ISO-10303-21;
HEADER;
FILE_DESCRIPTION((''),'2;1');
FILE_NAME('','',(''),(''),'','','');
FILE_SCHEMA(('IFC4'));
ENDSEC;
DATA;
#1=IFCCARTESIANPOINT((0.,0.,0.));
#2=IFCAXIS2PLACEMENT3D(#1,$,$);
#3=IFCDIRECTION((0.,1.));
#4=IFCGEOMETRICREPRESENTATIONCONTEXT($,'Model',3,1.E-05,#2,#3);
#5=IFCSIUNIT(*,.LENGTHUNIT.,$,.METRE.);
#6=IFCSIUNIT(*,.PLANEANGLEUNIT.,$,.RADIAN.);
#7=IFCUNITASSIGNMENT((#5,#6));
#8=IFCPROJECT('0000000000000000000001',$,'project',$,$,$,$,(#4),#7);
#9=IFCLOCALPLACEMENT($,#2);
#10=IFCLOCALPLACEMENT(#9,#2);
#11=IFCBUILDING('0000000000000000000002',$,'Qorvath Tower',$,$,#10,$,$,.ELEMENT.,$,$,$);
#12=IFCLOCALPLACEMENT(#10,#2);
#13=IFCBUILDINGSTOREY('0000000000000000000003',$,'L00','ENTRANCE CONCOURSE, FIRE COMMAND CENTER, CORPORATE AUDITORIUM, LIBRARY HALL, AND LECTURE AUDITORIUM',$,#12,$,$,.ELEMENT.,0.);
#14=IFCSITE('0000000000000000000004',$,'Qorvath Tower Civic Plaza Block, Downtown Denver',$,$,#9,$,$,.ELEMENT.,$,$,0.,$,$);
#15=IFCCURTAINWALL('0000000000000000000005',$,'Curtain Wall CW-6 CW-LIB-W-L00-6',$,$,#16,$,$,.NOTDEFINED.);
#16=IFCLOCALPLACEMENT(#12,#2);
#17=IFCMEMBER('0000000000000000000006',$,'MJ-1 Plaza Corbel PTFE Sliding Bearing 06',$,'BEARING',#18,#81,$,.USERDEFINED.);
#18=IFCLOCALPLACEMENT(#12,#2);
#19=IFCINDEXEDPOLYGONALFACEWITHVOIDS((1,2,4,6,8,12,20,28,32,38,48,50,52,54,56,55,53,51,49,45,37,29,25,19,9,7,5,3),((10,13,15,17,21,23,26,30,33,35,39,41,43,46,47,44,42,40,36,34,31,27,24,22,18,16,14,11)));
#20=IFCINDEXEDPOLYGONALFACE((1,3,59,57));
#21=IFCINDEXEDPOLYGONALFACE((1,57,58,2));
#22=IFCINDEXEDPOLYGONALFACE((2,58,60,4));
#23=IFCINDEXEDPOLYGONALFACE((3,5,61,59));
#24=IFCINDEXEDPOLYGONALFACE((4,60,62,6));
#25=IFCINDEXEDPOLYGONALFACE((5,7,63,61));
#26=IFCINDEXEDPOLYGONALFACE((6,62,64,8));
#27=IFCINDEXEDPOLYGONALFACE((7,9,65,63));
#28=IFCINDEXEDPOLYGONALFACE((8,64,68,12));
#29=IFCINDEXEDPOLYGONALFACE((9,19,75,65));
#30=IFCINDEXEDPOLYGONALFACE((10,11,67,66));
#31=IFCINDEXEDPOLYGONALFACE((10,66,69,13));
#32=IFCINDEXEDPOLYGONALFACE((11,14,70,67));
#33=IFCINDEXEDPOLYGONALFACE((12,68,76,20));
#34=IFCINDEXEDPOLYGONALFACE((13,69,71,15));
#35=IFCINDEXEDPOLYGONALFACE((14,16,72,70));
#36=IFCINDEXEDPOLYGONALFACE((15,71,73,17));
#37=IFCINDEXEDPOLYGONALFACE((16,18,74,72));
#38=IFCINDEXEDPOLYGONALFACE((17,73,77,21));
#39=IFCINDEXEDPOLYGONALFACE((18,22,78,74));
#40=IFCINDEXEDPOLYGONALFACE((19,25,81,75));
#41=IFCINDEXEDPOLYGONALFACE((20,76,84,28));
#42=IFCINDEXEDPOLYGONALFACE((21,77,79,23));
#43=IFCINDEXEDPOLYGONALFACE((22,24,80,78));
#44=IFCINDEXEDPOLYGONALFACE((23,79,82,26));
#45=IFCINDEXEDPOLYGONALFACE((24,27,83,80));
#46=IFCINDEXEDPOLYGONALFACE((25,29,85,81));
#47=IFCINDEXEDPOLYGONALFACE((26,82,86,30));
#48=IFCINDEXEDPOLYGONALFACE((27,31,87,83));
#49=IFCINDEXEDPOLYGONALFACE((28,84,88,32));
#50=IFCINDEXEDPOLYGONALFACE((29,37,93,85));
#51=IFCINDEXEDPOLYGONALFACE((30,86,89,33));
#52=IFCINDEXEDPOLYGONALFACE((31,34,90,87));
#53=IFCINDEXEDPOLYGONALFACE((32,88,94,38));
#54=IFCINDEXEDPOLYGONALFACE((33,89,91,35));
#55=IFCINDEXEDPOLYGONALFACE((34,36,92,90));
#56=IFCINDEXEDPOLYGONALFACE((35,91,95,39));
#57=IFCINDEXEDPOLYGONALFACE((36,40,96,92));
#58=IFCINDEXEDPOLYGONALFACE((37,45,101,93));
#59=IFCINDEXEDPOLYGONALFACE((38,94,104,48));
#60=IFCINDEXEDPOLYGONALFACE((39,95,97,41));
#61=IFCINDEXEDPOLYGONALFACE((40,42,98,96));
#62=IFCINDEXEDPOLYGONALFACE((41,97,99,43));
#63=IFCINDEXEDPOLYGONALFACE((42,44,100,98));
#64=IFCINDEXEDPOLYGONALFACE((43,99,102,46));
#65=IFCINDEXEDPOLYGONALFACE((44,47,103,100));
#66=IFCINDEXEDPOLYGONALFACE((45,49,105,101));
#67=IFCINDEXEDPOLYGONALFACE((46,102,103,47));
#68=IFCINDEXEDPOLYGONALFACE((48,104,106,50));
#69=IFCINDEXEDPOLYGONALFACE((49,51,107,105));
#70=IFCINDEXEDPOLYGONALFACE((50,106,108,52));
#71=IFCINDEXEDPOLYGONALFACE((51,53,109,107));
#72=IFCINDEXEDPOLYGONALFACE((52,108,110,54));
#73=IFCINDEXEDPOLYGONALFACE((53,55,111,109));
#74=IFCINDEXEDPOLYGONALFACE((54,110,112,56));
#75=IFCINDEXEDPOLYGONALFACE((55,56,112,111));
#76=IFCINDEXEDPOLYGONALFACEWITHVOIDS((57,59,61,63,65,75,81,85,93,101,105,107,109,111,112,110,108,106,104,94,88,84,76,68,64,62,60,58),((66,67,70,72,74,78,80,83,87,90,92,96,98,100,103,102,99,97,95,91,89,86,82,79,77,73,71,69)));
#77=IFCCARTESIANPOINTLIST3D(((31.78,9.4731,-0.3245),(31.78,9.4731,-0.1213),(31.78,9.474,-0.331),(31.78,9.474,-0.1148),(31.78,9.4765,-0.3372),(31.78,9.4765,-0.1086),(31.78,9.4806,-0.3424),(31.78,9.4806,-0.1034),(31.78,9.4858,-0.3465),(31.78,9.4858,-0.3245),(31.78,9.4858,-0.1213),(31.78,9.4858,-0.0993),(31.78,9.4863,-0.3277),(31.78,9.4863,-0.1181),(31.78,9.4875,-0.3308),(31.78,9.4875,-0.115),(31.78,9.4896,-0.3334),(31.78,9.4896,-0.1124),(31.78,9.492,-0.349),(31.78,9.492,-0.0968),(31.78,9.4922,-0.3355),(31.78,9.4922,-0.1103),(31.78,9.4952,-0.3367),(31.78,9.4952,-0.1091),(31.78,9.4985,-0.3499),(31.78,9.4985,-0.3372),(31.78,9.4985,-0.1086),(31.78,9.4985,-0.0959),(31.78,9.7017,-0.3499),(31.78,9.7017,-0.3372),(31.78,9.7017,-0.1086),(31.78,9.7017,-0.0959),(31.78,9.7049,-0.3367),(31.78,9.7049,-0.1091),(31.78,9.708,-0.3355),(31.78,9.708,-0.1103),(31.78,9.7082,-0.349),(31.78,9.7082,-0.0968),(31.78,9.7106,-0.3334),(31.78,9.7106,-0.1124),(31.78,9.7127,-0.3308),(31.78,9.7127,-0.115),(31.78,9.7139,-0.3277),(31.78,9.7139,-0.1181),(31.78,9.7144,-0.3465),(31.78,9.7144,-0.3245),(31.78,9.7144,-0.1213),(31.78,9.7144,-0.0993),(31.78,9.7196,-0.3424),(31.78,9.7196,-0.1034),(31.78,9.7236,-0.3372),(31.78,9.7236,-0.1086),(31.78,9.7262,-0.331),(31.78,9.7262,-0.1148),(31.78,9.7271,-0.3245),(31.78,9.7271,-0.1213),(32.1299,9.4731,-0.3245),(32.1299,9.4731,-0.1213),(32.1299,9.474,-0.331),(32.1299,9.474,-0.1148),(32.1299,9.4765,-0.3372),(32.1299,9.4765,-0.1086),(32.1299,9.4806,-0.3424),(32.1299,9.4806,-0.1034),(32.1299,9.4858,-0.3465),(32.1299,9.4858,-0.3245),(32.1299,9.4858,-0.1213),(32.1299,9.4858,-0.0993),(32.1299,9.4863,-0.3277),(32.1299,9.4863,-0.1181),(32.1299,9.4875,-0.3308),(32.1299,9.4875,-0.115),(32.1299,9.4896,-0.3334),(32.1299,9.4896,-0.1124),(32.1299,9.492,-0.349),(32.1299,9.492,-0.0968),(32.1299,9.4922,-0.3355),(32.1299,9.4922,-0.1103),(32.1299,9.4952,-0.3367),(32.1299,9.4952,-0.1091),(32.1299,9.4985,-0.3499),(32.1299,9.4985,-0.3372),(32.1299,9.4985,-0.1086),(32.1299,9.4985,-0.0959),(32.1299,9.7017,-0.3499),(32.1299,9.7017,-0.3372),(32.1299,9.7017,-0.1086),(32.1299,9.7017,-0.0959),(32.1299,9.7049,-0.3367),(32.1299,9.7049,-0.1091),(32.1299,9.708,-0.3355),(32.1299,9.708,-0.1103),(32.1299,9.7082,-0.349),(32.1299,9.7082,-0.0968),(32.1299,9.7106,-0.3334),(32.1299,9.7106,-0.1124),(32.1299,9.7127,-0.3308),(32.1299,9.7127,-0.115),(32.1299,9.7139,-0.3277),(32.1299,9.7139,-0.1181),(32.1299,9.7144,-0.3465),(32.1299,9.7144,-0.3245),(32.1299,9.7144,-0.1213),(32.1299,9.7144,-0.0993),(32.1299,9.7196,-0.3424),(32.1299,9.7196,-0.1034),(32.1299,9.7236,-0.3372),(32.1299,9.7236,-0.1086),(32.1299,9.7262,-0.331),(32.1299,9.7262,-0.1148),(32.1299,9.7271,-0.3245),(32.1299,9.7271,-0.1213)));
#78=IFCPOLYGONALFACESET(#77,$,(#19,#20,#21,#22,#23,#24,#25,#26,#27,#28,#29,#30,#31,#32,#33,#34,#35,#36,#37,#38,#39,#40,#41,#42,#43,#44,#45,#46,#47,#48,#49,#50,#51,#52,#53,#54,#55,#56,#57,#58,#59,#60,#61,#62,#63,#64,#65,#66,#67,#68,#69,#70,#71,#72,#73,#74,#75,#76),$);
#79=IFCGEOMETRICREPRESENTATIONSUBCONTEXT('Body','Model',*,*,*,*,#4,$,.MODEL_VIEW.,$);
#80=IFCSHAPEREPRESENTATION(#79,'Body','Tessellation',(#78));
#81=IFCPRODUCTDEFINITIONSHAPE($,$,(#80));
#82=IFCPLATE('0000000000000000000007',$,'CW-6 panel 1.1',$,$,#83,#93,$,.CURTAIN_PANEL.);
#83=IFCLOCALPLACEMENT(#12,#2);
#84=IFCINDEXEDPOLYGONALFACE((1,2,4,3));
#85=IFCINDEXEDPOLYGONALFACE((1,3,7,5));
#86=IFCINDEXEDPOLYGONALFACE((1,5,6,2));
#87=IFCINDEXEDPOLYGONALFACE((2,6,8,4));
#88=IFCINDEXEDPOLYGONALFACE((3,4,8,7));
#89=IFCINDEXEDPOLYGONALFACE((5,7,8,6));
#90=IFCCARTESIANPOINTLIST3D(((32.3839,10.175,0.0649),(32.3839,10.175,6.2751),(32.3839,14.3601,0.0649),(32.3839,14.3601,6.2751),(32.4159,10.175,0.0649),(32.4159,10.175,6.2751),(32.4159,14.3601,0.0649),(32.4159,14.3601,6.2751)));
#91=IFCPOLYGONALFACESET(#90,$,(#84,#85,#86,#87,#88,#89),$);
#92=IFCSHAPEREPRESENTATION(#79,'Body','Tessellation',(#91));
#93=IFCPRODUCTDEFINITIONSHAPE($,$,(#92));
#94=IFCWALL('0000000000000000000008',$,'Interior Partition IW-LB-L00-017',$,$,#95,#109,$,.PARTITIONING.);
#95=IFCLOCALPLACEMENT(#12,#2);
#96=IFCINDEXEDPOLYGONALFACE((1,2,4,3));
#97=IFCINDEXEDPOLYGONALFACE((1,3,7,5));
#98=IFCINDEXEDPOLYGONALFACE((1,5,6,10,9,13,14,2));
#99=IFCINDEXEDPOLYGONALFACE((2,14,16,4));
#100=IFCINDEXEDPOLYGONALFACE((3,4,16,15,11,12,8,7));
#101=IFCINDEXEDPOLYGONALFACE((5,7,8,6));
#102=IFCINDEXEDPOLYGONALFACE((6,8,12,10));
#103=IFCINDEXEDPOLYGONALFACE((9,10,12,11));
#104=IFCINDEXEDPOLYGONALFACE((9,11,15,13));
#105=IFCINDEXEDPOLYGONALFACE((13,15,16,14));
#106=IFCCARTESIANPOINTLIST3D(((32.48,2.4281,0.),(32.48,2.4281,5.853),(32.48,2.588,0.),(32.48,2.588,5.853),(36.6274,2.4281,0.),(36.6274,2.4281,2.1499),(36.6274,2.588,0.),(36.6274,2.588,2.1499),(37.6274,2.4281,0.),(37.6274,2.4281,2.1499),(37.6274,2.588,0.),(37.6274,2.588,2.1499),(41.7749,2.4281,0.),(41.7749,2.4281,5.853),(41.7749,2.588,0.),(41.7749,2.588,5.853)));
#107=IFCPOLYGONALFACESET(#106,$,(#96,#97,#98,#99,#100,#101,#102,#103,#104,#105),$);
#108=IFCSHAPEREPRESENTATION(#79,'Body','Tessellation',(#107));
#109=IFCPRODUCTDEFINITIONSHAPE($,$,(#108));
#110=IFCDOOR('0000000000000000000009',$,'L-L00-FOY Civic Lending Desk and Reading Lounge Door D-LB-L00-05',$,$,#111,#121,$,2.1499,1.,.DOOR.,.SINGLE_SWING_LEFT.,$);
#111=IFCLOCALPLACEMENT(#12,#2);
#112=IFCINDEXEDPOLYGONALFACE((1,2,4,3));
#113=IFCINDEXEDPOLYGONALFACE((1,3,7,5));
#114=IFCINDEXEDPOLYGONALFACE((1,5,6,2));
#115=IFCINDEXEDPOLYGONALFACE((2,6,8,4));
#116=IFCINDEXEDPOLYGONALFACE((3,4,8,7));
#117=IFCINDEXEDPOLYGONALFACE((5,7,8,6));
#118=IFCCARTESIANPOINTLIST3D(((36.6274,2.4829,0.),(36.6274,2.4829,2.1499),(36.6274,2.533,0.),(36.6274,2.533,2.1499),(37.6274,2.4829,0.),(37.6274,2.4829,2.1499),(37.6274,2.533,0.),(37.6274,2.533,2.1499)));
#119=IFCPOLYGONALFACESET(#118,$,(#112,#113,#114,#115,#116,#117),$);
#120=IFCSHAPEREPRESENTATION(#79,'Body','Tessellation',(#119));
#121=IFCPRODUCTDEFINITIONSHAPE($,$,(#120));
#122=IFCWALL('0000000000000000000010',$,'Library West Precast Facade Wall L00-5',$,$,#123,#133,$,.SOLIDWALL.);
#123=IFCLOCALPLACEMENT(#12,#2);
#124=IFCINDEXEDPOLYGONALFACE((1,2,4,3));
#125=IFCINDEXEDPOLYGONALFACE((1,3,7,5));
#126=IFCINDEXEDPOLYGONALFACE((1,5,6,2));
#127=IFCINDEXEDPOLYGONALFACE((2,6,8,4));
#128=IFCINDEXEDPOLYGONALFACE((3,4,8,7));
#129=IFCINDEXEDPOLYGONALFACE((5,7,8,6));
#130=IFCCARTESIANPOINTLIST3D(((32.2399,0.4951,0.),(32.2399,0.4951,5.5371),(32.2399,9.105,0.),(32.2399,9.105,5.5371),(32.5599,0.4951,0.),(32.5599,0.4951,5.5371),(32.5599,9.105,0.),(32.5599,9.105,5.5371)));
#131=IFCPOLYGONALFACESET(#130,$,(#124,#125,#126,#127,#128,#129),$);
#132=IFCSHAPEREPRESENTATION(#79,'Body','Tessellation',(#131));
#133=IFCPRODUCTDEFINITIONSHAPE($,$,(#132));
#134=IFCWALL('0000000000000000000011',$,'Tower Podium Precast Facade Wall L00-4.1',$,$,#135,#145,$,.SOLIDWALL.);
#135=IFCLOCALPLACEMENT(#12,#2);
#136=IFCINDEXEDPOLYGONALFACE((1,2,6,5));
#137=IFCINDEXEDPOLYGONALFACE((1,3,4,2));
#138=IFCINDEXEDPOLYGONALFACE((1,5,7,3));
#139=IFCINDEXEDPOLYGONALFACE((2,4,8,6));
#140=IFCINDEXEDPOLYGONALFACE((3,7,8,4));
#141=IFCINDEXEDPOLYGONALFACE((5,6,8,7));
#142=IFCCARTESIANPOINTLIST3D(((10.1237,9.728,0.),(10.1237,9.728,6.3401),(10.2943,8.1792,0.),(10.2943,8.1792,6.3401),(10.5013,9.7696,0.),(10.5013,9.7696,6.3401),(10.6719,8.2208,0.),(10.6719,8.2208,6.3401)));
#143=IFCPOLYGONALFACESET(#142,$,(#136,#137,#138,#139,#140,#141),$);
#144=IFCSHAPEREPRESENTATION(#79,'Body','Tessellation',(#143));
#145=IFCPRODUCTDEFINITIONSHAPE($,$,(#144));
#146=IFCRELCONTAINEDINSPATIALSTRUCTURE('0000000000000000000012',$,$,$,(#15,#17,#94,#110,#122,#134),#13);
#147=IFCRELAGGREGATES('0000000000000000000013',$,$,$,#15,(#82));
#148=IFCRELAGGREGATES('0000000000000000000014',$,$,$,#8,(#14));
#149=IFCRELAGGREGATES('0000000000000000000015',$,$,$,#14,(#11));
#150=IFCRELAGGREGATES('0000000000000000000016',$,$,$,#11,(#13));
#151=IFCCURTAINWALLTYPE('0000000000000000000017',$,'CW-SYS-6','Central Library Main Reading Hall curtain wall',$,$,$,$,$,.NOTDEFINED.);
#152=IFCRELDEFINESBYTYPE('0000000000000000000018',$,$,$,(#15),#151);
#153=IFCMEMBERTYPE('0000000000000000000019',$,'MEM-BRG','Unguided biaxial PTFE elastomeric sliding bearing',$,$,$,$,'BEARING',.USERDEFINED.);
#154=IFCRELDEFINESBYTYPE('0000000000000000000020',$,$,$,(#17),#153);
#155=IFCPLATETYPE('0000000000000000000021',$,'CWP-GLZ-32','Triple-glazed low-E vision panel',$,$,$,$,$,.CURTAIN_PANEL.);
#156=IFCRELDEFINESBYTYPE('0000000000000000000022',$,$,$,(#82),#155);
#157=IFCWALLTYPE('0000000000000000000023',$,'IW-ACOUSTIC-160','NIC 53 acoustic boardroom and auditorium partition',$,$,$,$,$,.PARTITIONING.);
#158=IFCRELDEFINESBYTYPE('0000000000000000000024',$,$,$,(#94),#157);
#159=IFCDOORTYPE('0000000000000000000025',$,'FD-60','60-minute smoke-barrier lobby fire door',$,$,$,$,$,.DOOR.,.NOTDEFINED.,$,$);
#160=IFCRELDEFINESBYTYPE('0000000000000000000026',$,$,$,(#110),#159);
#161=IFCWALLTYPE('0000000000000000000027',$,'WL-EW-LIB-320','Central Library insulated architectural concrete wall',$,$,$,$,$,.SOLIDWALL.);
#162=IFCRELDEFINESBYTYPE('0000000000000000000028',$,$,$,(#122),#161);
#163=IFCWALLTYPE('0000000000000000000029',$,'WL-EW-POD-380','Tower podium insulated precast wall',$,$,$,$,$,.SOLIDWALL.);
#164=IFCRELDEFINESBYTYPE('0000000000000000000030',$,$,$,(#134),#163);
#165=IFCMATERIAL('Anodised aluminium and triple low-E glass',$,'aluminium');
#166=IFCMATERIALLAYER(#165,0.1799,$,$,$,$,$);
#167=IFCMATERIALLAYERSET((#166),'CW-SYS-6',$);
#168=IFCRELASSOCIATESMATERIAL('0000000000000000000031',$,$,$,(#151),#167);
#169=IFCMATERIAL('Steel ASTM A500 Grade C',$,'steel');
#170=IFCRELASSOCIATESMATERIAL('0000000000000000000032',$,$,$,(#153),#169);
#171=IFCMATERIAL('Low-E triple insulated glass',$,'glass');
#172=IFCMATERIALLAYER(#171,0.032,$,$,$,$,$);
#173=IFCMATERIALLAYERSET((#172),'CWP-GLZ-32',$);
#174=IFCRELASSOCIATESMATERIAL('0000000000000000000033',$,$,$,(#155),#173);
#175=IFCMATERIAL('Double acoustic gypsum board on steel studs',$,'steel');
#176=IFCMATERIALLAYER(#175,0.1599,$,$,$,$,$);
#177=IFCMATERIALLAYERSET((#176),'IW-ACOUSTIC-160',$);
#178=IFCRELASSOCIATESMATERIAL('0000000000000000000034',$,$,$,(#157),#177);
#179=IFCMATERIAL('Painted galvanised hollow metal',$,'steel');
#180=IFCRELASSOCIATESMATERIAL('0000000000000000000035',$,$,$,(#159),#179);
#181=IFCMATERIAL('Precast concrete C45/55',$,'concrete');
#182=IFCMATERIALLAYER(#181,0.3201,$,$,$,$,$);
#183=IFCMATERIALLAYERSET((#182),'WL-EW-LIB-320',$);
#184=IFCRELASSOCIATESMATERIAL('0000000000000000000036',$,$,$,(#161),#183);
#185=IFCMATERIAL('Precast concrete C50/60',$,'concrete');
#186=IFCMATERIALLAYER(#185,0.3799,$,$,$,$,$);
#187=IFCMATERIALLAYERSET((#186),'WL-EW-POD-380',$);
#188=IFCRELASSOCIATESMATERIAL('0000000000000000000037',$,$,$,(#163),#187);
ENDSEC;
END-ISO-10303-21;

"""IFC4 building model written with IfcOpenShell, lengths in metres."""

from ifc_helpers import new_model, si_unit, direction, frame, frame_2d, origin, origin_2d, place, context, subcontext, project, spatial, rectangle, hollow_rectangle, extrude, material, layer, layer_set, material_profile, profile_set, type_object, element, fill, aggregate, save


model = new_model("IFC4")

# Units and contexts
model_context = context("Model", 3, precision=1e-05, world=origin(), true_north=direction((0.0, 1.0)))
body_context = subcontext(model_context, "Body", "Model", "MODEL_VIEW")
ifc_project = project(units=[si_unit("LENGTHUNIT", "METRE"), si_unit("PLANEANGLEUNIT", "RADIAN")], contexts=[model_context])

# Site, building, storey
site_placement = place(None, origin())
site = spatial("IfcSite", under=ifc_project, at=site_placement, Name="Qorvath Tower Civic Plaza Block, Downtown Denver", CompositionType="ELEMENT", RefElevation=0.0)
building_placement = place(site_placement, origin())
building = spatial("IfcBuilding", under=site, at=building_placement, Name="Qorvath Tower", CompositionType="ELEMENT")
storey_placement = place(building_placement, origin())
storey = spatial("IfcBuildingStorey", under=building, at=storey_placement, Name="L00", Description="ENTRANCE CONCOURSE, FIRE COMMAND CENTER, CORPORATE AUDITORIUM, LIBRARY HALL, AND LECTURE AUDITORIUM", CompositionType="ELEMENT", Elevation=0.0)

# Curtain wall
ifc_material_1 = material(Name="Anodised aluminium and triple low-E glass", Category="aluminium")
ifc_layer_1 = layer(ifc_material_1, 0.1799)
ifc_layer_set_1 = layer_set([ifc_layer_1], Name="CW-SYS-6")
curtain_wall_type = type_object("IfcCurtainWallType", Name="CW-SYS-6", Description="Central Library Main Reading Hall curtain wall", PredefinedType="NOTDEFINED", material=ifc_layer_set_1)
curtain_wall_placement = place(storey_placement, origin())
curtain_wall = element("IfcCurtainWall", 1, at=curtain_wall_placement, inside=storey, type_object=curtain_wall_type, Name="Curtain Wall CW-6 CW-LIB-W-L00-6", PredefinedType="NOTDEFINED")

# Member
ifc_material_2 = material(Name="Steel ASTM A500 Grade C", Category="steel")
ifc_material_profile_1 = material_profile(ifc_material_2, hollow_rectangle(XDim=0.2539, YDim=0.2539, WallThickness=0.0127, InnerFilletRadius=0.0127, OuterFilletRadius=0.0254, at=origin_2d()), Name="HSS 254x254x12.7")
ifc_profile_set_1 = profile_set([ifc_material_profile_1], Name="Steel ASTM A500 Grade C")
member_type_1 = type_object("IfcMemberType", Name="MEM-BRG", Description="Unguided biaxial PTFE elastomeric sliding bearing", ElementType="BEARING", PredefinedType="USERDEFINED", material=ifc_profile_set_1)
for number, where, z_axis, x_axis, name in (
    (2, (31.78, 9.6001, -0.2229), (1.0, 0.0, 0.0), (0.0, 1.0, 0.0), "MJ-1 Plaza Corbel PTFE Sliding Bearing 06"),
):
    element("IfcMember", number, at=place(storey_placement, frame(where, z_axis=z_axis, x_axis=x_axis)), inside=storey, type_object=member_type_1, Name=name, ObjectType="BEARING", PredefinedType="USERDEFINED", context=body_context, shape_type="SweptSolid", body=[
        extrude(hollow_rectangle(XDim=0.2539, YDim=0.2539, WallThickness=0.0127, InnerFilletRadius=0.0127, OuterFilletRadius=0.0254, at=origin_2d()), origin(), (0.0, 0.0, 1.0), 0.3499),
    ])

# Plate
ifc_material_3 = material(Name="Low-E triple insulated glass", Category="glass")
ifc_layer_2 = layer(ifc_material_3, 0.032)
ifc_layer_set_2 = layer_set([ifc_layer_2], Name="CWP-GLZ-32")
plate_type = type_object("IfcPlateType", Name="CWP-GLZ-32", Description="Triple-glazed low-E vision panel", PredefinedType="CURTAIN_PANEL", material=ifc_layer_set_2)
plate_placement = place(storey_placement, frame((32.3999, 12.2676, 0.0649), z_axis=(0.0, 0.0, 1.0), x_axis=(0.0, 1.0, 0.0)))
plate = element("IfcPlate", 3, at=plate_placement, type_object=plate_type, Name="CW-6 panel 1.1", PredefinedType="CURTAIN_PANEL", context=body_context, shape_type="SweptSolid", body=[
    extrude(rectangle(XDim=4.1851, YDim=0.032, at=origin_2d()), origin(), (0.0, 0.0, 1.0), 6.2102),
])
aggregate(curtain_wall, [plate])

# Wall, opening, door
ifc_material_4 = material(Name="Double acoustic gypsum board on steel studs", Category="steel")
ifc_layer_3 = layer(ifc_material_4, 0.1599)
ifc_layer_set_3 = layer_set([ifc_layer_3], Name="IW-ACOUSTIC-160")
wall_type_1 = type_object("IfcWallType", Name="IW-ACOUSTIC-160", Description="NIC 53 acoustic boardroom and auditorium partition", PredefinedType="PARTITIONING", material=ifc_layer_set_3)
wall_1_placement = place(storey_placement, frame((32.48, 2.5081, 0.0), z_axis=(0.0, 0.0, 1.0), x_axis=(1.0, 0.0, 0.0)))
wall_1 = element("IfcWall", 4, at=wall_1_placement, inside=storey, type_object=wall_type_1, Name="Interior Partition IW-LB-L00-017", PredefinedType="PARTITIONING", context=body_context, shape_type="SweptSolid", body=[
    extrude(rectangle(XDim=9.2949, YDim=0.1599, at=frame_2d((4.6475, 0.0))), origin(), (0.0, 0.0, 1.0), 5.853),
])
opening_placement = place(wall_1_placement, frame((4.1475, 0.0, 0.0)))
opening = element("IfcOpeningElement", 5, at=opening_placement, cuts=wall_1, PredefinedType="OPENING", context=body_context, shape_type="SweptSolid", body=[
    extrude(rectangle(XDim=1.0, YDim=2.1499, at=frame_2d((0.5, 1.075))), frame((0.0, 0.0898, 0.0), z_axis=(0.0, -1.0, 0.0), x_axis=(1.0, 0.0, 0.0)), (0.0, 0.0, 1.0), 0.1799),
])
ifc_material_5 = material(Name="Painted galvanised hollow metal", Category="steel")
door_type = type_object("IfcDoorType", Name="FD-60", Description="60-minute smoke-barrier lobby fire door", OperationType="NOTDEFINED", PredefinedType="DOOR", material=ifc_material_5)
door_placement = place(opening_placement, origin())
door = element("IfcDoor", 6, at=door_placement, inside=storey, type_object=door_type, Name="L-L00-FOY Civic Lending Desk and Reading Lounge Door D-LB-L00-05", OperationType="SINGLE_SWING_LEFT", OverallHeight=2.1499, OverallWidth=1.0, PredefinedType="DOOR", context=body_context, shape_type="SweptSolid", body=[
    extrude(rectangle(XDim=1.0, YDim=2.1499, at=frame_2d((0.5, 1.075))), frame((0.0, 0.0249, 0.0), z_axis=(0.0, -1.0, 0.0), x_axis=(1.0, 0.0, 0.0)), (0.0, 0.0, 1.0), 0.05),
])
fill(opening, door)

# Walls
ifc_material_6 = material(Name="Precast concrete C45/55", Category="concrete")
ifc_layer_4 = layer(ifc_material_6, 0.3201)
ifc_layer_set_4 = layer_set([ifc_layer_4], Name="WL-EW-LIB-320")
wall_type_2 = type_object("IfcWallType", Name="WL-EW-LIB-320", Description="Central Library insulated architectural concrete wall", PredefinedType="SOLIDWALL", material=ifc_layer_set_4)
wall_2_placement = place(storey_placement, frame((32.3999, 0.4951, 0.0), z_axis=(0.0, 0.0, 1.0), x_axis=(0.0, 1.0, 0.0)))
element("IfcWall", 7, at=wall_2_placement, inside=storey, type_object=wall_type_2, Name="Library West Precast Facade Wall L00-5", PredefinedType="SOLIDWALL", context=body_context, shape_type="SweptSolid", body=[
    extrude(rectangle(XDim=8.6099, YDim=0.3201, at=frame_2d((4.3049, 0.0))), origin(), (0.0, 0.0, 1.0), 5.5371),
])
ifc_material_7 = material(Name="Precast concrete C50/60", Category="concrete")
ifc_layer_5 = layer(ifc_material_7, 0.3799)
ifc_layer_set_5 = layer_set([ifc_layer_5], Name="WL-EW-POD-380")
wall_type_3 = type_object("IfcWallType", Name="WL-EW-POD-380", Description="Tower podium insulated precast wall", PredefinedType="SOLIDWALL", material=ifc_layer_set_5)
wall_3_placement = place(storey_placement, frame((10.3125, 9.7488, 0.0), z_axis=(0.0, 0.0, 1.0), x_axis=(0.10952, -0.993985, 0.0)))
element("IfcWall", 8, at=wall_3_placement, inside=storey, type_object=wall_type_3, Name="Tower Podium Precast Facade Wall L00-4.1", PredefinedType="SOLIDWALL", context=body_context, shape_type="SweptSolid", body=[
    extrude(rectangle(XDim=1.5581, YDim=0.3799, at=frame_2d((0.7791, 0.0))), origin(), (0.0, 0.0, 1.0), 6.3401),
])

save(model, "model.ifc")
